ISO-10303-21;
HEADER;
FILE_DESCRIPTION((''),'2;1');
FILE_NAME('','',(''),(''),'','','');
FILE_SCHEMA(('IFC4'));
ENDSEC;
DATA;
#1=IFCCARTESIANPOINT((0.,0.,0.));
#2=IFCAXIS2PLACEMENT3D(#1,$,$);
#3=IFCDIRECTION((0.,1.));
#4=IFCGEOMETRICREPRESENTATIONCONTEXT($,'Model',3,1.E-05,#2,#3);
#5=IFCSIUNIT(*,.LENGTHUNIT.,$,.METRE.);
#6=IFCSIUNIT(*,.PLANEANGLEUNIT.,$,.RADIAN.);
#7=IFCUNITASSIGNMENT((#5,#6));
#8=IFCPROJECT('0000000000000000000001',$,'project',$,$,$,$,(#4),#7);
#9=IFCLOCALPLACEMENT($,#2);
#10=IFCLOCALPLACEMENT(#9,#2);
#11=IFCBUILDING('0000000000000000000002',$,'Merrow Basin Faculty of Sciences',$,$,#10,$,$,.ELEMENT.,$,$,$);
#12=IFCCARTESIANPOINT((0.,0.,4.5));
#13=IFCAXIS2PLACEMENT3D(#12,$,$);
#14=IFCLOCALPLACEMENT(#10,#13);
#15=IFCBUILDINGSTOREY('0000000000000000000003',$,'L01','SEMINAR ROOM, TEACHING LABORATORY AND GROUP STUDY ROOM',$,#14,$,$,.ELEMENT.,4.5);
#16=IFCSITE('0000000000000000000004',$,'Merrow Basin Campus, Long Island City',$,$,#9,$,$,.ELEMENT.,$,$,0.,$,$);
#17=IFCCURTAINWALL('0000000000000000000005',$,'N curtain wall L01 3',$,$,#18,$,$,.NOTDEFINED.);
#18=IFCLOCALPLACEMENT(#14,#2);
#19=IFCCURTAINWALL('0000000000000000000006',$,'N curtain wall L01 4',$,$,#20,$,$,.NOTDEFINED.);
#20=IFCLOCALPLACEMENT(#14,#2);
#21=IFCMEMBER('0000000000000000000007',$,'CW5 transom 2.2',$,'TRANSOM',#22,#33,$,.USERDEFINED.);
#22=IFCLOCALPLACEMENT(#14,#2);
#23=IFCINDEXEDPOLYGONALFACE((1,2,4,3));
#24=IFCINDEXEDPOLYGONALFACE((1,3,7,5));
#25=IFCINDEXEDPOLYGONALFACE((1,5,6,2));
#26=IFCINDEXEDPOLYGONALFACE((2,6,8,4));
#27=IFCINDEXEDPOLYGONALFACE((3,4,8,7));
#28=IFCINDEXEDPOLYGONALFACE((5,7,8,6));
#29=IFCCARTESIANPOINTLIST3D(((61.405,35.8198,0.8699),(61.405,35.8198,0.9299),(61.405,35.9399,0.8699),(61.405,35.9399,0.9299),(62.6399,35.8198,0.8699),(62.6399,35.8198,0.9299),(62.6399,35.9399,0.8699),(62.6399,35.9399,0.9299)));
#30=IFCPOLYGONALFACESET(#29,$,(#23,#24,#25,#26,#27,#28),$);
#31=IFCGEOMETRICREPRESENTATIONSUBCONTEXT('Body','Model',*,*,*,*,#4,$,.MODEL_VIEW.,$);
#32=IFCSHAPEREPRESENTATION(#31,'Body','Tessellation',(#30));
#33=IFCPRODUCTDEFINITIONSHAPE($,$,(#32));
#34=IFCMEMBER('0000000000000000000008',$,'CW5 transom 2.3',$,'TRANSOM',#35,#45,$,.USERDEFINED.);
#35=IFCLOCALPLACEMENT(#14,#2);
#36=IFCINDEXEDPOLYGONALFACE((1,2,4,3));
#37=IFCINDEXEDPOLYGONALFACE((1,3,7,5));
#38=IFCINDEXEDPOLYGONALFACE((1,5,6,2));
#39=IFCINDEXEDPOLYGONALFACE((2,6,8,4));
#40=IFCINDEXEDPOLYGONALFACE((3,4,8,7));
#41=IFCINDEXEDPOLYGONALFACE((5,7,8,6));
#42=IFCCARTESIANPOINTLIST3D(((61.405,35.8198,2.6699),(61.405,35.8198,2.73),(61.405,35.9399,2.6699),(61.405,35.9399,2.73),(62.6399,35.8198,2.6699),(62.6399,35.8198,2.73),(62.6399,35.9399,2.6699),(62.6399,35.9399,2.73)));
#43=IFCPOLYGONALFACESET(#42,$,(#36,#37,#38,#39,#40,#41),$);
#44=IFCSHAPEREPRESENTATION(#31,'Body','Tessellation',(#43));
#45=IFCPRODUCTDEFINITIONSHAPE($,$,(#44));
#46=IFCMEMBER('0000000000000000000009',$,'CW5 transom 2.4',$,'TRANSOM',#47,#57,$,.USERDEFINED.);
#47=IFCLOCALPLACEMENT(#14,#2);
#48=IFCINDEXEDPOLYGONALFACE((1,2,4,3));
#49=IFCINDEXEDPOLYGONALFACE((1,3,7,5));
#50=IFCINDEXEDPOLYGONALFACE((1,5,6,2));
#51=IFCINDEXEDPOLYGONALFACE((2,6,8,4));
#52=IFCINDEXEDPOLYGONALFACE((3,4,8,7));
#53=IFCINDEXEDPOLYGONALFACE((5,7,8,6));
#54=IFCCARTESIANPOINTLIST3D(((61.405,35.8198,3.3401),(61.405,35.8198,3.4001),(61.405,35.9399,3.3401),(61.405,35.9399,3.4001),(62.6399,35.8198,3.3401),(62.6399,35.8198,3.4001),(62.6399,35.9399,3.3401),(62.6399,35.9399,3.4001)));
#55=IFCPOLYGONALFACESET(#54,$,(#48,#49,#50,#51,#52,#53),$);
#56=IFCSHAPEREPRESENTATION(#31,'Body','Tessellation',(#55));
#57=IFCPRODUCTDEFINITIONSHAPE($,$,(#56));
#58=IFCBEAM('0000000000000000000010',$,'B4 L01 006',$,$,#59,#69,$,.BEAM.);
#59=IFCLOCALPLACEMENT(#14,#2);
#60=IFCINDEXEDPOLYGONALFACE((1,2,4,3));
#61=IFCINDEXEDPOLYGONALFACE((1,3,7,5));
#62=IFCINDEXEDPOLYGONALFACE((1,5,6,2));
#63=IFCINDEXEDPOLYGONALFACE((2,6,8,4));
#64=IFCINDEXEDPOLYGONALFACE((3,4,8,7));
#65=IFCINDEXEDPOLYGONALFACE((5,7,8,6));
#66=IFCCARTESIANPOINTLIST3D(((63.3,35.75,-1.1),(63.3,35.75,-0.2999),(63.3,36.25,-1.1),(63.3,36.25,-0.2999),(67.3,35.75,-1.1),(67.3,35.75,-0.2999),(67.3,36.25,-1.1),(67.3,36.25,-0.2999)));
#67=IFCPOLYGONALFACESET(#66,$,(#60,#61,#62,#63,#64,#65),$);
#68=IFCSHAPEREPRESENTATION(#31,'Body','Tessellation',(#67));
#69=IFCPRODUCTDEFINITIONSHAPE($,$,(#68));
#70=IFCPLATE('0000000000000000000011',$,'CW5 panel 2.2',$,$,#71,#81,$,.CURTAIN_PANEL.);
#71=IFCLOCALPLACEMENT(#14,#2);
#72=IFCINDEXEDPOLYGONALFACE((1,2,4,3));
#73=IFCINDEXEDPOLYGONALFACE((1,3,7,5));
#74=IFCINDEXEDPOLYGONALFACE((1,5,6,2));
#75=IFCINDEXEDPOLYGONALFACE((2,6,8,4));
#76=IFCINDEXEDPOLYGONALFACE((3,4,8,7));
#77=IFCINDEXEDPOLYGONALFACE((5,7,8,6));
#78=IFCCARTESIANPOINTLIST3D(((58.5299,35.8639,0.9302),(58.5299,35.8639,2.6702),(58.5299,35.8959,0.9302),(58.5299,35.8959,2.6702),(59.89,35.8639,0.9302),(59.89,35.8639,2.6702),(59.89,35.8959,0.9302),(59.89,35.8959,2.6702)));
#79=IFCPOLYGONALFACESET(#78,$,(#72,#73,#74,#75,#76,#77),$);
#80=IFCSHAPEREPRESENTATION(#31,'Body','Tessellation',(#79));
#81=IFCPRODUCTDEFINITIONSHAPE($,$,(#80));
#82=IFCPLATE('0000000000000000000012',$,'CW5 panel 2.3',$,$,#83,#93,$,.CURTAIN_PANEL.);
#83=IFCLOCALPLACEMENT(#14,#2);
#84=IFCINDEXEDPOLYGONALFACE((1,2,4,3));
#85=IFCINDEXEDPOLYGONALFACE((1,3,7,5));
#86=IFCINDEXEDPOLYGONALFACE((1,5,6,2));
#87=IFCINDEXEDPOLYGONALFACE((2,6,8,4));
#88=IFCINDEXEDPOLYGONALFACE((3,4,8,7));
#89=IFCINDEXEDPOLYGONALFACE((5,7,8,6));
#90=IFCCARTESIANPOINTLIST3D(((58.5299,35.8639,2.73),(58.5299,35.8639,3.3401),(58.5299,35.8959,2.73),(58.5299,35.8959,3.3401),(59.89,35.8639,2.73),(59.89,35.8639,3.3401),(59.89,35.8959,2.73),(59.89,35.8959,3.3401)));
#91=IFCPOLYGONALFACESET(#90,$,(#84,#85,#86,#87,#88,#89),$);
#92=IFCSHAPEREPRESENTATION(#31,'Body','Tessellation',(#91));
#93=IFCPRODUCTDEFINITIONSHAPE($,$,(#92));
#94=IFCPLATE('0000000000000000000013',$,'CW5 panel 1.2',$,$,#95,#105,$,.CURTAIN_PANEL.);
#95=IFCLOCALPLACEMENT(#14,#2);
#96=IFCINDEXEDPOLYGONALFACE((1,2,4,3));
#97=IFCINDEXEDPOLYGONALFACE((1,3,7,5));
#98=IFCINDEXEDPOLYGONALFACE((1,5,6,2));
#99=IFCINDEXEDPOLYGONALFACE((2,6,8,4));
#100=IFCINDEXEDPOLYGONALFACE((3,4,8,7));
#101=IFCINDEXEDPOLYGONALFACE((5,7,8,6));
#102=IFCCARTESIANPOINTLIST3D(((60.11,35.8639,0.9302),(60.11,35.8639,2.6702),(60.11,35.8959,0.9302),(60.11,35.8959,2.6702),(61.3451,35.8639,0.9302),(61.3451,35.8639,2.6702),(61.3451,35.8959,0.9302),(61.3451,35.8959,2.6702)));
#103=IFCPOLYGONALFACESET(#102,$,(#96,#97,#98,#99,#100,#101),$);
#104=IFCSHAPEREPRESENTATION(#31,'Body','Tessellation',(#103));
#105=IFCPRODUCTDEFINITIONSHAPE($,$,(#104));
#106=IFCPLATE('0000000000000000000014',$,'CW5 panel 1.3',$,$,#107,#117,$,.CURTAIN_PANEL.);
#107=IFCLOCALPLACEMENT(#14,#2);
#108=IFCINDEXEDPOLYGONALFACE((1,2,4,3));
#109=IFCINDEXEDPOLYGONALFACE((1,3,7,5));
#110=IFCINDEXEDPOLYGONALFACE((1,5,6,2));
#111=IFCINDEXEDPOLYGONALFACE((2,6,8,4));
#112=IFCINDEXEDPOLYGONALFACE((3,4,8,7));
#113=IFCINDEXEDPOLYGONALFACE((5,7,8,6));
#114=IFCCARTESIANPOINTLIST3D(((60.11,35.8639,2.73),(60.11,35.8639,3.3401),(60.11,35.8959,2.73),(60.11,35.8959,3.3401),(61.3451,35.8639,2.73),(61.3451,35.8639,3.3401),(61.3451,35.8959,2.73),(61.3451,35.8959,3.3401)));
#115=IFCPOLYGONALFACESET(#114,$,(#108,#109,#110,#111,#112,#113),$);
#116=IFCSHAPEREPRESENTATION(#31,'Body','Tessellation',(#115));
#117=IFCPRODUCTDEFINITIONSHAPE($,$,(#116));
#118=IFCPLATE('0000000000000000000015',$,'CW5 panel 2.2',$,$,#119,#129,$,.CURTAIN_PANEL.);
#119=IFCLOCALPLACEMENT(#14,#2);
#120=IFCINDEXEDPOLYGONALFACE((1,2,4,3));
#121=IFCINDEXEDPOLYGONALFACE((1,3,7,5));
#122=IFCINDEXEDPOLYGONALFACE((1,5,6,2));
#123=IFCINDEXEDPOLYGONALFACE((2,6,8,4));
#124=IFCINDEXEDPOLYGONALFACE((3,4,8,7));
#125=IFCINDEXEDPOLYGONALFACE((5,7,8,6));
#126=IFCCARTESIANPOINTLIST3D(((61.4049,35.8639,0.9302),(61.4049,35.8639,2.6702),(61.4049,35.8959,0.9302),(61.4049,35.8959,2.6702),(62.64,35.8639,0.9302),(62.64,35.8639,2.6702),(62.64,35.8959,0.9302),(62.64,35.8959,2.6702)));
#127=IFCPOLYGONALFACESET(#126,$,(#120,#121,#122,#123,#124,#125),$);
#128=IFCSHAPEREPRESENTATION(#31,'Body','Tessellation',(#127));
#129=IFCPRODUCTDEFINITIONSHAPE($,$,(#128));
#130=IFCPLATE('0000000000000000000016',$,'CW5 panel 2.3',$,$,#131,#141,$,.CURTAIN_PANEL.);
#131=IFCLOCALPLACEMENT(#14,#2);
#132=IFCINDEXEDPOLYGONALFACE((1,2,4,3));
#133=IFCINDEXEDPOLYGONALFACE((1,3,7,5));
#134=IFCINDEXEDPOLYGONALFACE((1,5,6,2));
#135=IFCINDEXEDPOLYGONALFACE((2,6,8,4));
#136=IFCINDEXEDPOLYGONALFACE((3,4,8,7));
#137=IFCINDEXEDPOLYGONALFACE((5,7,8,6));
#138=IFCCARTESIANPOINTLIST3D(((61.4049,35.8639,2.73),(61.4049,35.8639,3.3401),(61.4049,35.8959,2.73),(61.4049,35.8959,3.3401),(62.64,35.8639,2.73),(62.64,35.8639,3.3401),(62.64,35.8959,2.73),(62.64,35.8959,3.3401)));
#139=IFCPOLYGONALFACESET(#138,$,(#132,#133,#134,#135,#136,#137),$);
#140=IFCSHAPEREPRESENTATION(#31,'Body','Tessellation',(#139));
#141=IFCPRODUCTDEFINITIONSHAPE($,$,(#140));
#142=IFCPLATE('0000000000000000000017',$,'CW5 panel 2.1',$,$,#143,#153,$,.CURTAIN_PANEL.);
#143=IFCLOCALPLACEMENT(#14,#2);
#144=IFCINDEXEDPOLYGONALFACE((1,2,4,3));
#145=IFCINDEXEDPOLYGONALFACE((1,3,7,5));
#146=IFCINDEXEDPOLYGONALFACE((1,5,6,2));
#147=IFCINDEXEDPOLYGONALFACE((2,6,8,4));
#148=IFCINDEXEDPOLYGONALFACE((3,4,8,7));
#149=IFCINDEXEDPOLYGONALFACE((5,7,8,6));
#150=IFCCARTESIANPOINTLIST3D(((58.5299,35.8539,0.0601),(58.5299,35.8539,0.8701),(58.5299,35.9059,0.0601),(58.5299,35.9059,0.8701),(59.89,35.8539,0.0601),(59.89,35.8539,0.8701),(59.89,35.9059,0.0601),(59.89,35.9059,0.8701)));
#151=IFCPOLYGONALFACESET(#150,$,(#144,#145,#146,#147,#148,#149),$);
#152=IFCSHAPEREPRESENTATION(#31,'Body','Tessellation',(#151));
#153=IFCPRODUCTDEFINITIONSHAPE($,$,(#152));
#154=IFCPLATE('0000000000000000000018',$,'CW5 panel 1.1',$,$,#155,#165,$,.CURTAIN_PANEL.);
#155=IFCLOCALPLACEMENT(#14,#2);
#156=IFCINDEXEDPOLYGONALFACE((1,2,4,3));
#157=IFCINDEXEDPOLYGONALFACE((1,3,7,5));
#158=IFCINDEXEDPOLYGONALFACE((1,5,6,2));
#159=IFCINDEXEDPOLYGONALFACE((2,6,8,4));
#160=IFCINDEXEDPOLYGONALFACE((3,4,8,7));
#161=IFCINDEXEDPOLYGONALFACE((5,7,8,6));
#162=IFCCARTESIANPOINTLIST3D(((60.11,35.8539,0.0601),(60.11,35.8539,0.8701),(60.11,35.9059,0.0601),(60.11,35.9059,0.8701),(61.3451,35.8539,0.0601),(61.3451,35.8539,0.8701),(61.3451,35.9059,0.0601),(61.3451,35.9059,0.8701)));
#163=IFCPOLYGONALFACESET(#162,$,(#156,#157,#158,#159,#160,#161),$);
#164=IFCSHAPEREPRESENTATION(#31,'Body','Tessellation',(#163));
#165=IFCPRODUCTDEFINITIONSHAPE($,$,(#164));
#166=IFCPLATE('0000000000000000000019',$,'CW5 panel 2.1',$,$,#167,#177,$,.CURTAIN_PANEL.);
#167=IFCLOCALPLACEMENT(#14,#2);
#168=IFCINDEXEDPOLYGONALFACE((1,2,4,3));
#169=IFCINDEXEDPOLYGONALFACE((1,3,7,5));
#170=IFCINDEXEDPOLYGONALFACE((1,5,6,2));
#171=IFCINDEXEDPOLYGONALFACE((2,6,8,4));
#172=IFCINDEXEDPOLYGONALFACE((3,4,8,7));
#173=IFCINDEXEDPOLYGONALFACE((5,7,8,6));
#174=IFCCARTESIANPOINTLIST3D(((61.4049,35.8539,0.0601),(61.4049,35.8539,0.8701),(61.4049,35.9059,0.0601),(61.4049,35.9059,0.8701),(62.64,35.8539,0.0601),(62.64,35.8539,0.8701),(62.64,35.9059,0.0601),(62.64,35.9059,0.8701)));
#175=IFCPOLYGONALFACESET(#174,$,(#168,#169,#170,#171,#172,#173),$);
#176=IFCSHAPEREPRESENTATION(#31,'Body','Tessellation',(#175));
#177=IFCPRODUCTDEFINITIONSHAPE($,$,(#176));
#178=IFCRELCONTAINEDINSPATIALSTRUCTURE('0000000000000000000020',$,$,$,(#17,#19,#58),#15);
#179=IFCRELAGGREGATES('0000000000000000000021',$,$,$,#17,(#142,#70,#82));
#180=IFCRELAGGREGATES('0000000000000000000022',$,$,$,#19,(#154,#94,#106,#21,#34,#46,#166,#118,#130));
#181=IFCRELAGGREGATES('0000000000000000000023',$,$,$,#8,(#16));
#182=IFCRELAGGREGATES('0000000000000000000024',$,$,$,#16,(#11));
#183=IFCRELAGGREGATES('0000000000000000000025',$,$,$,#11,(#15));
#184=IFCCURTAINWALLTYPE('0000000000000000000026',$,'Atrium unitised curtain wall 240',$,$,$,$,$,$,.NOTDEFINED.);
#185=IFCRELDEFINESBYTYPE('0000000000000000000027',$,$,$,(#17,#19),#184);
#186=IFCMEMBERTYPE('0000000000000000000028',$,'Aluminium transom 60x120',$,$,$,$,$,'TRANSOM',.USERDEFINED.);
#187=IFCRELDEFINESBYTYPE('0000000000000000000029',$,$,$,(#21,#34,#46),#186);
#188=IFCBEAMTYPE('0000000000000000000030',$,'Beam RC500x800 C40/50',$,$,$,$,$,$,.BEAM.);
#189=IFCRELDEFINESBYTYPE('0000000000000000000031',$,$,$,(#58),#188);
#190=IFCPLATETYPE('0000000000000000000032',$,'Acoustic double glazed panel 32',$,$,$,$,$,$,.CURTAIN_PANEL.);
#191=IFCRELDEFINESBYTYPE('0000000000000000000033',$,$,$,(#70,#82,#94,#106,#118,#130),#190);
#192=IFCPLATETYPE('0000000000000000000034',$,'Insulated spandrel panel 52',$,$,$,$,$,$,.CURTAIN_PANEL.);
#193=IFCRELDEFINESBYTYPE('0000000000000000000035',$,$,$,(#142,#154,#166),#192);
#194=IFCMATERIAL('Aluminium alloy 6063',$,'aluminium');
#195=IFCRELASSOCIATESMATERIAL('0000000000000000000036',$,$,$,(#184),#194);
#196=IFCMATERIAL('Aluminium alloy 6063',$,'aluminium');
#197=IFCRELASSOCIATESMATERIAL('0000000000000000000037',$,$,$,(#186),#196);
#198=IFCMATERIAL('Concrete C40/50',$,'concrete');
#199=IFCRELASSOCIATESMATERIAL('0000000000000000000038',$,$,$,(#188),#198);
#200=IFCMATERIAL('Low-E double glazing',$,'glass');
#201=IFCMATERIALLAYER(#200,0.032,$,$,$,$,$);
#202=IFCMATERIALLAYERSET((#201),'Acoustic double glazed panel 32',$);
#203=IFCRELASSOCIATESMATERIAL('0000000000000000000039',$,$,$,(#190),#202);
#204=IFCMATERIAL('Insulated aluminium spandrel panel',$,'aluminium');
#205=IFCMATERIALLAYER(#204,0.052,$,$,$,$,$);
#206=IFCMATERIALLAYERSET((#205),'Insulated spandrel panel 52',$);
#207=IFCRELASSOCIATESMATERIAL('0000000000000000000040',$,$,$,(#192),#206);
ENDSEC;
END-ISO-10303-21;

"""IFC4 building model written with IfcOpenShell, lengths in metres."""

from ifc_helpers import new_model, si_unit, direction, frame, origin, origin_2d, place, context, subcontext, project, spatial, rectangle, extrude, material, layer, layer_set, material_profile, profile_set, type_object, element, aggregate, save


model = new_model("IFC4")

# Units and contexts
model_context = context("Model", 3, precision=1e-05, world=origin(), true_north=direction((0.0, 1.0)))
body_context = subcontext(model_context, "Body", "Model", "MODEL_VIEW")
ifc_project = project(units=[si_unit("LENGTHUNIT", "METRE"), si_unit("PLANEANGLEUNIT", "RADIAN")], contexts=[model_context])

# Site, building, storey
site_placement = place(None, origin())
site = spatial("IfcSite", under=ifc_project, at=site_placement, Name="Merrow Basin Campus, Long Island City", CompositionType="ELEMENT", RefElevation=0.0)
building_placement = place(site_placement, origin())
building = spatial("IfcBuilding", under=site, at=building_placement, Name="Merrow Basin Faculty of Sciences", CompositionType="ELEMENT")
storey_placement = place(building_placement, frame((0.0, 0.0, 4.5)))
storey = spatial("IfcBuildingStorey", under=building, at=storey_placement, Name="L01", Description="SEMINAR ROOM, TEACHING LABORATORY AND GROUP STUDY ROOM", CompositionType="ELEMENT", Elevation=4.5)

# Curtain wall
ifc_material_1 = material(Name="Aluminium alloy 6063", Category="aluminium")
curtain_wall_type = type_object("IfcCurtainWallType", Name="Atrium unitised curtain wall 240", PredefinedType="NOTDEFINED", material=ifc_material_1)
curtain_wall_1_placement = place(storey_placement, origin())
curtain_wall_1 = element("IfcCurtainWall", 1, at=curtain_wall_1_placement, inside=storey, type_object=curtain_wall_type, Name="N curtain wall L01 3", PredefinedType="NOTDEFINED")

# Curtain wall
curtain_wall_2_placement = place(storey_placement, origin())
curtain_wall_2 = element("IfcCurtainWall", 2, at=curtain_wall_2_placement, inside=storey, type_object=curtain_wall_type, Name="N curtain wall L01 4", PredefinedType="NOTDEFINED")

# Members
ifc_material_2 = material(Name="Aluminium alloy 6063", Category="aluminium")
ifc_material_profile_1 = material_profile(ifc_material_2, rectangle(XDim=0.1201, YDim=0.0601, at=origin_2d()))
ifc_profile_set_1 = profile_set([ifc_material_profile_1], Name="Aluminium alloy 6063")
member_type_1 = type_object("IfcMemberType", Name="Aluminium transom 60x120", ElementType="TRANSOM", PredefinedType="USERDEFINED", material=ifc_profile_set_1)
member_1_placement = place(storey_placement, frame((61.405, 35.8799, 0.8999), z_axis=(1.0, 0.0, 0.0), x_axis=(0.0, 1.0, 0.0)))
member_1 = element("IfcMember", 3, at=member_1_placement, type_object=member_type_1, Name="CW5 transom 2.2", ObjectType="TRANSOM", PredefinedType="USERDEFINED", context=body_context, shape_type="SweptSolid", body=[
    extrude(rectangle(XDim=0.1201, YDim=0.0601, at=origin_2d()), origin(), (0.0, 0.0, 1.0), 1.2349),
])
member_2_placement = place(storey_placement, frame((61.405, 35.8799, 2.7), z_axis=(1.0, 0.0, 0.0), x_axis=(0.0, 1.0, 0.0)))
member_2 = element("IfcMember", 4, at=member_2_placement, type_object=member_type_1, Name="CW5 transom 2.3", ObjectType="TRANSOM", PredefinedType="USERDEFINED", context=body_context, shape_type="SweptSolid", body=[
    extrude(rectangle(XDim=0.1201, YDim=0.0601, at=origin_2d()), origin(), (0.0, 0.0, 1.0), 1.2349),
])
member_3_placement = place(storey_placement, frame((61.405, 35.8799, 3.3701), z_axis=(1.0, 0.0, 0.0), x_axis=(0.0, 1.0, 0.0)))
member_3 = element("IfcMember", 5, at=member_3_placement, type_object=member_type_1, Name="CW5 transom 2.4", ObjectType="TRANSOM", PredefinedType="USERDEFINED", context=body_context, shape_type="SweptSolid", body=[
    extrude(rectangle(XDim=0.1201, YDim=0.0601, at=origin_2d()), origin(), (0.0, 0.0, 1.0), 1.2349),
])

# Beam
ifc_material_3 = material(Name="Concrete C40/50", Category="concrete")
ifc_material_profile_2 = material_profile(ifc_material_3, rectangle(XDim=0.5, YDim=0.8, at=origin_2d()))
ifc_profile_set_2 = profile_set([ifc_material_profile_2], Name="Concrete C40/50")
beam_type = type_object("IfcBeamType", Name="Beam RC500x800 C40/50", PredefinedType="BEAM", material=ifc_profile_set_2)
beam_placement = place(storey_placement, frame((63.3, 36.0, -0.7), z_axis=(1.0, 0.0, 0.0), x_axis=(0.0, 1.0, 0.0)))
element("IfcBeam", 6, at=beam_placement, inside=storey, type_object=beam_type, Name="B4 L01 006", PredefinedType="BEAM", context=body_context, shape_type="SweptSolid", body=[
    extrude(rectangle(XDim=0.5, YDim=0.8, at=origin_2d()), origin(), (0.0, 0.0, 1.0), 4.0),
])

# Plates
ifc_material_4 = material(Name="Low-E double glazing", Category="glass")
ifc_layer_1 = layer(ifc_material_4, 0.032)
ifc_layer_set_1 = layer_set([ifc_layer_1], Name="Acoustic double glazed panel 32")
plate_type_1 = type_object("IfcPlateType", Name="Acoustic double glazed panel 32", PredefinedType="CURTAIN_PANEL", material=ifc_layer_set_1)
plate_1_placement = place(storey_placement, frame((59.21, 35.8799, 0.9302), z_axis=(0.0, 0.0, 1.0), x_axis=(1.0, 0.0, 0.0)))
plate_1 = element("IfcPlate", 7, at=plate_1_placement, type_object=plate_type_1, Name="CW5 panel 2.2", PredefinedType="CURTAIN_PANEL", context=body_context, shape_type="SweptSolid", body=[
    extrude(rectangle(XDim=1.3601, YDim=0.032, at=origin_2d()), origin(), (0.0, 0.0, 1.0), 1.74),
])
plate_2_placement = place(storey_placement, frame((59.21, 35.8799, 2.73), z_axis=(0.0, 0.0, 1.0), x_axis=(1.0, 0.0, 0.0)))
plate_2 = element("IfcPlate", 8, at=plate_2_placement, type_object=plate_type_1, Name="CW5 panel 2.3", PredefinedType="CURTAIN_PANEL", context=body_context, shape_type="SweptSolid", body=[
    extrude(rectangle(XDim=1.3601, YDim=0.032, at=origin_2d()), origin(), (0.0, 0.0, 1.0), 0.6101),
])
plate_3_placement = place(storey_placement, frame((60.7275, 35.8799, 0.9302), z_axis=(0.0, 0.0, 1.0), x_axis=(1.0, 0.0, 0.0)))
plate_3 = element("IfcPlate", 9, at=plate_3_placement, type_object=plate_type_1, Name="CW5 panel 1.2", PredefinedType="CURTAIN_PANEL", context=body_context, shape_type="SweptSolid", body=[
    extrude(rectangle(XDim=1.2351, YDim=0.032, at=origin_2d()), origin(), (0.0, 0.0, 1.0), 1.74),
])
plate_4_placement = place(storey_placement, frame((60.7275, 35.8799, 2.73), z_axis=(0.0, 0.0, 1.0), x_axis=(1.0, 0.0, 0.0)))
plate_4 = element("IfcPlate", 10, at=plate_4_placement, type_object=plate_type_1, Name="CW5 panel 1.3", PredefinedType="CURTAIN_PANEL", context=body_context, shape_type="SweptSolid", body=[
    extrude(rectangle(XDim=1.2351, YDim=0.032, at=origin_2d()), origin(), (0.0, 0.0, 1.0), 0.6101),
])
plate_5_placement = place(storey_placement, frame((62.0225, 35.8799, 0.9302), z_axis=(0.0, 0.0, 1.0), x_axis=(1.0, 0.0, 0.0)))
plate_5 = element("IfcPlate", 11, at=plate_5_placement, type_object=plate_type_1, Name="CW5 panel 2.2", PredefinedType="CURTAIN_PANEL", context=body_context, shape_type="SweptSolid", body=[
    extrude(rectangle(XDim=1.2351, YDim=0.032, at=origin_2d()), origin(), (0.0, 0.0, 1.0), 1.74),
])
plate_6_placement = place(storey_placement, frame((62.0225, 35.8799, 2.73), z_axis=(0.0, 0.0, 1.0), x_axis=(1.0, 0.0, 0.0)))
plate_6 = element("IfcPlate", 12, at=plate_6_placement, type_object=plate_type_1, Name="CW5 panel 2.3", PredefinedType="CURTAIN_PANEL", context=body_context, shape_type="SweptSolid", body=[
    extrude(rectangle(XDim=1.2351, YDim=0.032, at=origin_2d()), origin(), (0.0, 0.0, 1.0), 0.6101),
])
ifc_material_5 = material(Name="Insulated aluminium spandrel panel", Category="aluminium")
ifc_layer_2 = layer(ifc_material_5, 0.052)
ifc_layer_set_2 = layer_set([ifc_layer_2], Name="Insulated spandrel panel 52")
plate_type_2 = type_object("IfcPlateType", Name="Insulated spandrel panel 52", PredefinedType="CURTAIN_PANEL", material=ifc_layer_set_2)
plate_7_placement = place(storey_placement, frame((59.21, 35.8799, 0.0601), z_axis=(0.0, 0.0, 1.0), x_axis=(1.0, 0.0, 0.0)))
plate_7 = element("IfcPlate", 13, at=plate_7_placement, type_object=plate_type_2, Name="CW5 panel 2.1", PredefinedType="CURTAIN_PANEL", context=body_context, shape_type="SweptSolid", body=[
    extrude(rectangle(XDim=1.3601, YDim=0.052, at=origin_2d()), origin(), (0.0, 0.0, 1.0), 0.8101),
])
aggregate(curtain_wall_1, [plate_7, plate_1, plate_2])
plate_8_placement = place(storey_placement, frame((60.7275, 35.8799, 0.0601), z_axis=(0.0, 0.0, 1.0), x_axis=(1.0, 0.0, 0.0)))
plate_8 = element("IfcPlate", 14, at=plate_8_placement, type_object=plate_type_2, Name="CW5 panel 1.1", PredefinedType="CURTAIN_PANEL", context=body_context, shape_type="SweptSolid", body=[
    extrude(rectangle(XDim=1.2351, YDim=0.052, at=origin_2d()), origin(), (0.0, 0.0, 1.0), 0.8101),
])
plate_9_placement = place(storey_placement, frame((62.0225, 35.8799, 0.0601), z_axis=(0.0, 0.0, 1.0), x_axis=(1.0, 0.0, 0.0)))
plate_9 = element("IfcPlate", 15, at=plate_9_placement, type_object=plate_type_2, Name="CW5 panel 2.1", PredefinedType="CURTAIN_PANEL", context=body_context, shape_type="SweptSolid", body=[
    extrude(rectangle(XDim=1.2351, YDim=0.052, at=origin_2d()), origin(), (0.0, 0.0, 1.0), 0.8101),
])
aggregate(curtain_wall_2, [plate_8, plate_3, plate_4, member_1, member_2, member_3, plate_9, plate_5, plate_6])

save(model, "model.ifc")
